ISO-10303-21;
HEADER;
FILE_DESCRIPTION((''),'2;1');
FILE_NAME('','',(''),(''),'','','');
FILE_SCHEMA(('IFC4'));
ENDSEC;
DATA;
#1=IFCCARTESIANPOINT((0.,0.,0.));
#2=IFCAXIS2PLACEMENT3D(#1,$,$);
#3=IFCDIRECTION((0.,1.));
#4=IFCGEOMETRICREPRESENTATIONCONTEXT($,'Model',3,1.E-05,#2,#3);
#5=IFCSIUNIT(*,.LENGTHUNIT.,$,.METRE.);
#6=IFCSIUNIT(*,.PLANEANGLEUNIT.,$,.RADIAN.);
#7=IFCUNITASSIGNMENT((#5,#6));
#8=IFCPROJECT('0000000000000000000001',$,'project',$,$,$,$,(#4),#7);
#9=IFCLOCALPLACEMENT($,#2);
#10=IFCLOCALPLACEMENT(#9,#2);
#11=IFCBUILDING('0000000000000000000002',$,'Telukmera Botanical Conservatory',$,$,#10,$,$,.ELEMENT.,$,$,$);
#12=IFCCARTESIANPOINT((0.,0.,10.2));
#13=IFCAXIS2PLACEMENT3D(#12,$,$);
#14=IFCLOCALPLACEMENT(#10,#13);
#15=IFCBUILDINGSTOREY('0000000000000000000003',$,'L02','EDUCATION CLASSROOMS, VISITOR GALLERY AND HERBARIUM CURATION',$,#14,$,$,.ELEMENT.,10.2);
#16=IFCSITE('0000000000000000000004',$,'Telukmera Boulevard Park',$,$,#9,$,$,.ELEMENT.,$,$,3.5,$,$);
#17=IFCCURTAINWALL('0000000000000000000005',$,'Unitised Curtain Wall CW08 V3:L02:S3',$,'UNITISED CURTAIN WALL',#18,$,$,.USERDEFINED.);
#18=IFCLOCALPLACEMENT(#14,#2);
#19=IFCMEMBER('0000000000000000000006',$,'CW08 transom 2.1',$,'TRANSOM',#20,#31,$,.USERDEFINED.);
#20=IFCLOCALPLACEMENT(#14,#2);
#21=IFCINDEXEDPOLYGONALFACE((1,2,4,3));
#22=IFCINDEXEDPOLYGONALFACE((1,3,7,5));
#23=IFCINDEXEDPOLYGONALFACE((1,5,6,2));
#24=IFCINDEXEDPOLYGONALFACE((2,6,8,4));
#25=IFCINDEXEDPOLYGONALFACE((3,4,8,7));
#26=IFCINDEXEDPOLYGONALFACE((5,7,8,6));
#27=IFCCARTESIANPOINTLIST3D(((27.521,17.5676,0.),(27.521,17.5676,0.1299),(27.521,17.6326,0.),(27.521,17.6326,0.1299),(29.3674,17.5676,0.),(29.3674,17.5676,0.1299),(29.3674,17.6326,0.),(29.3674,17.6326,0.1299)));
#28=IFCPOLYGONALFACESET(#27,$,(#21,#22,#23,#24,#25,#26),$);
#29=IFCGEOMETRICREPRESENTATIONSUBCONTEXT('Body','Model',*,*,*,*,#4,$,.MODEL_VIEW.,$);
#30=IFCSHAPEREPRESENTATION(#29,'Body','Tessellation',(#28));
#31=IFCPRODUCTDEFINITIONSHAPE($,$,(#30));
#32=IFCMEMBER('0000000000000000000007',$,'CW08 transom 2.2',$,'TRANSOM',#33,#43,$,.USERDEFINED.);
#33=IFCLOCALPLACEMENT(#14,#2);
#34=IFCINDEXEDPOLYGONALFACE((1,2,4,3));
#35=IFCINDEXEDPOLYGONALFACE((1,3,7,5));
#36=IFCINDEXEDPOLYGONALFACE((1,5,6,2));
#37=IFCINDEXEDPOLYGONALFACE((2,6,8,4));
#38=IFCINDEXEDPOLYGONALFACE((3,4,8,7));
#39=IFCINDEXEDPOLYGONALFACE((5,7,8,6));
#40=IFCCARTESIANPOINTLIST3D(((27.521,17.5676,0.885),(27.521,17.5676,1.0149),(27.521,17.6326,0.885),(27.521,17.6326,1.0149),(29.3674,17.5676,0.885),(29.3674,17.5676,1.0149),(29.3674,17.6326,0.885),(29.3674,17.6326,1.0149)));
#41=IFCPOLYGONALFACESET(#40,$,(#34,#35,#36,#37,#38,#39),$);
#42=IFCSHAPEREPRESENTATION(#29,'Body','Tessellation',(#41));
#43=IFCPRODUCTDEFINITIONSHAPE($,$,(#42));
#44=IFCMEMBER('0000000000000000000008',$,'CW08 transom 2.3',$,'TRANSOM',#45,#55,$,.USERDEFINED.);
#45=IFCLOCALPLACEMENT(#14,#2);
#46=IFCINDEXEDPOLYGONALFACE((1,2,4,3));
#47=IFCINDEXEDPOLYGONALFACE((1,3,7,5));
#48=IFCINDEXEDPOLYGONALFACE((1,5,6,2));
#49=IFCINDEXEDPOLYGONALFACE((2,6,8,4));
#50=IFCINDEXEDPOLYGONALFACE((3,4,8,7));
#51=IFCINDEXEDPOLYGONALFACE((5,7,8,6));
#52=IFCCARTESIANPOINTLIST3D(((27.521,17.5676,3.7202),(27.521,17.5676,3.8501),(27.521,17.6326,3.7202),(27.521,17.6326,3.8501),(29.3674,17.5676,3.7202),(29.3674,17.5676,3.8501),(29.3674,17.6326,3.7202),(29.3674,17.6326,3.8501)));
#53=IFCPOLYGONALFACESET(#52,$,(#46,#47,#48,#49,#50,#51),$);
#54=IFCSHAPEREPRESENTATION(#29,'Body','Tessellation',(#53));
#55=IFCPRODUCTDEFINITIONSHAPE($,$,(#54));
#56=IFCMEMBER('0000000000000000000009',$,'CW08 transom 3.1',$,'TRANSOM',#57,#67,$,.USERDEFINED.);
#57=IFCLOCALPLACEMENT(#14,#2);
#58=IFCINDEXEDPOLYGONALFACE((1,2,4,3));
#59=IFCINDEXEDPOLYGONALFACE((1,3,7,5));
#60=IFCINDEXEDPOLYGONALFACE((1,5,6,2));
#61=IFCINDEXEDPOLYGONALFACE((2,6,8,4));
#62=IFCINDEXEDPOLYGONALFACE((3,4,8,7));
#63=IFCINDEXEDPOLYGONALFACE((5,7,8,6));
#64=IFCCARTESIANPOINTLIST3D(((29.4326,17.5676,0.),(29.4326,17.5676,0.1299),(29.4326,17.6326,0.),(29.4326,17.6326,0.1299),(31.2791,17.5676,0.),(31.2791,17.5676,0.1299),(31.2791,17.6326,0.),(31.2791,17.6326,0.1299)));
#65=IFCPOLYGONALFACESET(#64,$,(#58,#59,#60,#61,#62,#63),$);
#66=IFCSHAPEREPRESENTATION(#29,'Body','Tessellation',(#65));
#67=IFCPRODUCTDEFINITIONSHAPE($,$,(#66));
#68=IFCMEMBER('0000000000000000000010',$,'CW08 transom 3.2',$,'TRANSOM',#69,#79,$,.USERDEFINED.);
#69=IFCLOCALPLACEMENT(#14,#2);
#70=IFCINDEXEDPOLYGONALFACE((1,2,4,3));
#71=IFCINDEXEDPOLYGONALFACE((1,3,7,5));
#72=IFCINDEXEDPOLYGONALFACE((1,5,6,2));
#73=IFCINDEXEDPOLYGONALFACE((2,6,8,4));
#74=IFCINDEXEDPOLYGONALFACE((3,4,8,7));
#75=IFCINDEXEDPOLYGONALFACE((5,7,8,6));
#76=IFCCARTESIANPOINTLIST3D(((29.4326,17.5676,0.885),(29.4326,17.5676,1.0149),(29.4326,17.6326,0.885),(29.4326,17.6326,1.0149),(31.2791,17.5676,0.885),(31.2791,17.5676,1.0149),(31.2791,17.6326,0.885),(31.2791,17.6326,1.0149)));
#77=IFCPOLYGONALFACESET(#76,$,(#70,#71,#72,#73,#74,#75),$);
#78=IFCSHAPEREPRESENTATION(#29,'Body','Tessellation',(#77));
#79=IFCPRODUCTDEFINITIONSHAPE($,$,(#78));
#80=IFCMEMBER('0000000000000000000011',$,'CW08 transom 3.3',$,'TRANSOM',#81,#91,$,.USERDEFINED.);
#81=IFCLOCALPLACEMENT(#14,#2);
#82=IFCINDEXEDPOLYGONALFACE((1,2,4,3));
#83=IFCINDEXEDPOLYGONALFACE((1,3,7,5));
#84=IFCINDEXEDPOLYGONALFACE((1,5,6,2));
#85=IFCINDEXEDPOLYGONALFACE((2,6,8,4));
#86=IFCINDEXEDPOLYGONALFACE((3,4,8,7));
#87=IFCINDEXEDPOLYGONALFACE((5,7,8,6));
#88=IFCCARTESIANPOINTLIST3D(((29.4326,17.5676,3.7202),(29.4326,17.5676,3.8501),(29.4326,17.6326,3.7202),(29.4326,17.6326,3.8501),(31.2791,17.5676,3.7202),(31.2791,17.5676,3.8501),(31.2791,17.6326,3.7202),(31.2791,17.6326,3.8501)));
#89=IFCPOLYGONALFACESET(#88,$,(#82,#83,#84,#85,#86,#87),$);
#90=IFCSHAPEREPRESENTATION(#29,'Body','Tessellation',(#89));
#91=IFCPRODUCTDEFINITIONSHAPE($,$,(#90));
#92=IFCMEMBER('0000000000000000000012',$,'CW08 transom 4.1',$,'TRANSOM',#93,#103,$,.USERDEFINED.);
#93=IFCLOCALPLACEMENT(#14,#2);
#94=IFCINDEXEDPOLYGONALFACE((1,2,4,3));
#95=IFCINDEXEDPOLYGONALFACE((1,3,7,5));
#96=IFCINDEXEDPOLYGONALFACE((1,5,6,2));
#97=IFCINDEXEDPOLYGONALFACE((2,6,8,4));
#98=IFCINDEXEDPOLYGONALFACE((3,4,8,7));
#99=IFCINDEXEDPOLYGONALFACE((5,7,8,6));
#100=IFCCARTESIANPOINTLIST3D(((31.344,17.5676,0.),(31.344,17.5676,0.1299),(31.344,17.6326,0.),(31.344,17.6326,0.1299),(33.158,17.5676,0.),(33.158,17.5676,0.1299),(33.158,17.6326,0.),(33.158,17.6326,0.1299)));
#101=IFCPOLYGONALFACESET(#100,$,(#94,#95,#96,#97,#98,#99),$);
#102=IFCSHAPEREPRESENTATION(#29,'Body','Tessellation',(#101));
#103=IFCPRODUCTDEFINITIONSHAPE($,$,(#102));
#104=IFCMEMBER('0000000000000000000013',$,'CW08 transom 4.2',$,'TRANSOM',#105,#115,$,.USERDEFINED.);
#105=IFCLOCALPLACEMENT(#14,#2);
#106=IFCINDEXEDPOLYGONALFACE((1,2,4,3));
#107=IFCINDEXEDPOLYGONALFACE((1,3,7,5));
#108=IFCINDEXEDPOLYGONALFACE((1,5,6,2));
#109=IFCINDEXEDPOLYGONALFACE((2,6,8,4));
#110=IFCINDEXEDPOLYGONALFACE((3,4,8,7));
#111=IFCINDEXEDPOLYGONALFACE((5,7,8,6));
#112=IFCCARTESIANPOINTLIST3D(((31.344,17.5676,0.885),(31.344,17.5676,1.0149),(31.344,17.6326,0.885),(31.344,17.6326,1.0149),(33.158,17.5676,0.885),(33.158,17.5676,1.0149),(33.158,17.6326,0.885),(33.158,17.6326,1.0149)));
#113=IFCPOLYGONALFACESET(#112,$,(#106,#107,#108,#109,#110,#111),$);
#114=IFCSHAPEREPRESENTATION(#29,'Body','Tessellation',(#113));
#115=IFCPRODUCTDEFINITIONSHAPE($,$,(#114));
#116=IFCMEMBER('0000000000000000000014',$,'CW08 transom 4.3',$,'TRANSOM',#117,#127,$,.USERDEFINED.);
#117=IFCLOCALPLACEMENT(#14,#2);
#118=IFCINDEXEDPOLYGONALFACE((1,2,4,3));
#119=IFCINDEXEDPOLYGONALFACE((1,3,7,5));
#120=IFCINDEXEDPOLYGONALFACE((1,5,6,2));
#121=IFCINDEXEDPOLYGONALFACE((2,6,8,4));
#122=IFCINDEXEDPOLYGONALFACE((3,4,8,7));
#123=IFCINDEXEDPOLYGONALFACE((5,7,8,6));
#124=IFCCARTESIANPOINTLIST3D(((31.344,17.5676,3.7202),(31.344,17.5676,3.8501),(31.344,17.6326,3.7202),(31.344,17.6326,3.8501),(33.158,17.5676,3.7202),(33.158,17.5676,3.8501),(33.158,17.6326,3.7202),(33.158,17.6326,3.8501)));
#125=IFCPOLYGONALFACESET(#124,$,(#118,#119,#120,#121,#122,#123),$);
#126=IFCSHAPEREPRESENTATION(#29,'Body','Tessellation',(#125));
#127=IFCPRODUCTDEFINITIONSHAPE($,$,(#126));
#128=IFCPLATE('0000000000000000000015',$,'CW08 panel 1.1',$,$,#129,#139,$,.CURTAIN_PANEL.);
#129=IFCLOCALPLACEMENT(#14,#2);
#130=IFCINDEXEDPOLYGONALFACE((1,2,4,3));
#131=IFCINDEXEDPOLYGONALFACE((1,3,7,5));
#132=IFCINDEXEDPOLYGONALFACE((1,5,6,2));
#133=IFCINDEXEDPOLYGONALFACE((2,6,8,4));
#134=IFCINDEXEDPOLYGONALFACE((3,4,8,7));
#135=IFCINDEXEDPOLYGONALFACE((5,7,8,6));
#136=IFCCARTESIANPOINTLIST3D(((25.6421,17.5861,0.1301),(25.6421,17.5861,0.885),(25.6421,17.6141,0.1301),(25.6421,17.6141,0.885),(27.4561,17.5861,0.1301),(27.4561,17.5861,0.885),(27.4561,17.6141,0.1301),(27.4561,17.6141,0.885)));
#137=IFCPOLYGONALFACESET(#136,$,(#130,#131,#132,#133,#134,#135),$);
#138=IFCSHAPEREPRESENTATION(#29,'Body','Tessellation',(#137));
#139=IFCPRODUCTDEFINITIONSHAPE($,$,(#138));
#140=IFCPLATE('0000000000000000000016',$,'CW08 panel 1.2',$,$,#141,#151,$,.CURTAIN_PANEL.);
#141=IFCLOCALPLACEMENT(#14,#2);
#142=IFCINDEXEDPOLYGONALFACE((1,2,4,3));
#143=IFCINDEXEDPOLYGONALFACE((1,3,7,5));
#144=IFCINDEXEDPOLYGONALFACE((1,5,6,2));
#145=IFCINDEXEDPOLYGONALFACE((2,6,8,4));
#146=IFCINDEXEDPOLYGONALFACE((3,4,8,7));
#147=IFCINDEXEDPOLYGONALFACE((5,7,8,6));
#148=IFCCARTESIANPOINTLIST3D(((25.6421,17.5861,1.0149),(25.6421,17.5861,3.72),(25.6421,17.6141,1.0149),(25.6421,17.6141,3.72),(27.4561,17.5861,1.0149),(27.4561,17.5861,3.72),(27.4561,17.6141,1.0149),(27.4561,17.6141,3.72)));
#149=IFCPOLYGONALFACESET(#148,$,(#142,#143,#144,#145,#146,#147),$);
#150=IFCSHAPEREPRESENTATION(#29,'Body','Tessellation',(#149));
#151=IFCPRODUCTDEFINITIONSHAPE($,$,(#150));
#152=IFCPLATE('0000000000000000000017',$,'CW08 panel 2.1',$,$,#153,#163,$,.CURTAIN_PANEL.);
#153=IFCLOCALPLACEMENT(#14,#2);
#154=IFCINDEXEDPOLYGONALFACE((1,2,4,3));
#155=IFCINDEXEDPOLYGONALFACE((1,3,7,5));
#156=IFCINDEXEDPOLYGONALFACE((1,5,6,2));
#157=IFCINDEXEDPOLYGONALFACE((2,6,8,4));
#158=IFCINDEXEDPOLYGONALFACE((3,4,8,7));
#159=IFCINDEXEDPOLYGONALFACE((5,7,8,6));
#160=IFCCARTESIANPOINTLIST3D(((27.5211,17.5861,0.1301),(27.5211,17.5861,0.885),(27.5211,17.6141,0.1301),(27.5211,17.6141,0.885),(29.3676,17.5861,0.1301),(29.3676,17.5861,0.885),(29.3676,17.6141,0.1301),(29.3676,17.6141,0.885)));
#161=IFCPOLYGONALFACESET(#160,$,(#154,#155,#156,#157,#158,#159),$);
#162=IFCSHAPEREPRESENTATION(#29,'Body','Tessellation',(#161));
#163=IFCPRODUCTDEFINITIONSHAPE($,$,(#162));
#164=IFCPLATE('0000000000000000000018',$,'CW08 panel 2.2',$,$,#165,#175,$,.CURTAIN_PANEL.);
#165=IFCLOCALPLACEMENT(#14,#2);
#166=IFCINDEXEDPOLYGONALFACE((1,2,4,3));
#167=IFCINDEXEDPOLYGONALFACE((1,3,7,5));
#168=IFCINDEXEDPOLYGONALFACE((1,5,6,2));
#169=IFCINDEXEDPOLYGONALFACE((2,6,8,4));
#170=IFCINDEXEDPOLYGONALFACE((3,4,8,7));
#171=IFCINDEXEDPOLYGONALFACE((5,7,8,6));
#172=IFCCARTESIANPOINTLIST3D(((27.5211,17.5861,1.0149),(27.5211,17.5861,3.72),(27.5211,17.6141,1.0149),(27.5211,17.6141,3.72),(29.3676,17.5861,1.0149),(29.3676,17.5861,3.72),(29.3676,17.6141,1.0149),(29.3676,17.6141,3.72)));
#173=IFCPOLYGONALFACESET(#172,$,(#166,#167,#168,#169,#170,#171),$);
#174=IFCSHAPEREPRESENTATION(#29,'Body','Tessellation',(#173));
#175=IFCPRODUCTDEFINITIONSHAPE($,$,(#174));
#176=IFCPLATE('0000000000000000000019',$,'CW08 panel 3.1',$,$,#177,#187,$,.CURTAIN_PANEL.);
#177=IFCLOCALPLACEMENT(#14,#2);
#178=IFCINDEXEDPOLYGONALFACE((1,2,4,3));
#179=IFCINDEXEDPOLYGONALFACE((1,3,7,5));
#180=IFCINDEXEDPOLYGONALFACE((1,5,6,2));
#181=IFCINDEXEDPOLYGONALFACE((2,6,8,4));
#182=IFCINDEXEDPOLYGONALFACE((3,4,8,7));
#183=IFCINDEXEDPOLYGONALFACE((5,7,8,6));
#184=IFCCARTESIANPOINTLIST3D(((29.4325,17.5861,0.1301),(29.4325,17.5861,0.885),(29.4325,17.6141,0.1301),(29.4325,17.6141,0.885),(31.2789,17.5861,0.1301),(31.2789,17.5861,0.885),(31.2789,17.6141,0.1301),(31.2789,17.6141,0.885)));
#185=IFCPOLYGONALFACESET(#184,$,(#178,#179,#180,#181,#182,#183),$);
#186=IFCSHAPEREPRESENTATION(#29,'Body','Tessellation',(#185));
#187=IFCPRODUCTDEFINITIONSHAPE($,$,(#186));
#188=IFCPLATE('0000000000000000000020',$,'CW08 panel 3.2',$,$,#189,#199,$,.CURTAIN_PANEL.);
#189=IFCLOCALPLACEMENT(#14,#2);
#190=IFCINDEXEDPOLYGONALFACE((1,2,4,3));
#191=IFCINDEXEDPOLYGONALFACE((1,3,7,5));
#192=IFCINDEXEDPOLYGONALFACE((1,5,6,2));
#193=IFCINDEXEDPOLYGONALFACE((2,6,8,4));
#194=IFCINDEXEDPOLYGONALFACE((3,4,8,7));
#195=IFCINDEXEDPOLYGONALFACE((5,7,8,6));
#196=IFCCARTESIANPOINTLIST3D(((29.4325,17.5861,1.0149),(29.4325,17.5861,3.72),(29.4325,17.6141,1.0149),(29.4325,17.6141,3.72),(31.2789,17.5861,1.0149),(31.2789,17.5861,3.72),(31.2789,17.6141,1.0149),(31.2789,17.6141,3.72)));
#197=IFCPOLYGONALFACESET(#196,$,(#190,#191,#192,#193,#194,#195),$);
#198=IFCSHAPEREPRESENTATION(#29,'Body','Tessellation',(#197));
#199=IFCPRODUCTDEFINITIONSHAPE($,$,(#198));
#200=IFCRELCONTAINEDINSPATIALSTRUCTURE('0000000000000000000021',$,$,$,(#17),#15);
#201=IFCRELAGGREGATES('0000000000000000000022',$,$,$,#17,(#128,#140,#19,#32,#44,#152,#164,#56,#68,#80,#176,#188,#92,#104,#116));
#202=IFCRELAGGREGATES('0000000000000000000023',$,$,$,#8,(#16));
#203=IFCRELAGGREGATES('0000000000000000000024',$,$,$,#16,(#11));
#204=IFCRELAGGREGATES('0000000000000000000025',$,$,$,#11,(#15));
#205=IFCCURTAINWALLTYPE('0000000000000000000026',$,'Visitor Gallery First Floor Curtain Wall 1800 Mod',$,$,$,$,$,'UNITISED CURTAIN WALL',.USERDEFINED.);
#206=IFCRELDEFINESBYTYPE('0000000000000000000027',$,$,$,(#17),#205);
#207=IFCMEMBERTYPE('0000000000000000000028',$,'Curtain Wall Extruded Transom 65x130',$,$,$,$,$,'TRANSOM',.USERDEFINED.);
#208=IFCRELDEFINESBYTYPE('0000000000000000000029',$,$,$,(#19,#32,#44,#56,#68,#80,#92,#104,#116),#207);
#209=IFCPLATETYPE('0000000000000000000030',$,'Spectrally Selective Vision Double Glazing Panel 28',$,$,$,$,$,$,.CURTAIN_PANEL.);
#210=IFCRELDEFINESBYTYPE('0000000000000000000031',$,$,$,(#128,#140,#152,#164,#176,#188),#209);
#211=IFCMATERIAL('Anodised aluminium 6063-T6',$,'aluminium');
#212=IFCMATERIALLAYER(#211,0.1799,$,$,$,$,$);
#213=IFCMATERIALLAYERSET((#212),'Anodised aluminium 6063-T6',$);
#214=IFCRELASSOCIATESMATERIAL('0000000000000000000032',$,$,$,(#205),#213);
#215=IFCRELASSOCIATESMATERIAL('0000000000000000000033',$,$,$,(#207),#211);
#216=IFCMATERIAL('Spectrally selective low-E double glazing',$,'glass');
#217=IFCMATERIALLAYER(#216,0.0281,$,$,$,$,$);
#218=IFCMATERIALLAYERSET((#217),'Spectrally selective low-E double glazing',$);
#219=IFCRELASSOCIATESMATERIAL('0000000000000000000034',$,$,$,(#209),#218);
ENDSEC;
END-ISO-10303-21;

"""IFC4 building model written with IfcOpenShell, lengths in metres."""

from ifc_helpers import new_model, si_unit, direction, frame, origin, origin_2d, place, context, subcontext, project, spatial, rectangle, extrude, material, layer, layer_set, material_profile, profile_set, type_object, element, aggregate, save


model = new_model("IFC4")

# Units and contexts
model_context = context("Model", 3, precision=1e-05, world=origin(), true_north=direction((0.0, 1.0)))
body_context = subcontext(model_context, "Body", "Model", "MODEL_VIEW")
ifc_project = project(units=[si_unit("LENGTHUNIT", "METRE"), si_unit("PLANEANGLEUNIT", "RADIAN")], contexts=[model_context])

# Site, building, storey
site_placement = place(None, origin())
site = spatial("IfcSite", under=ifc_project, at=site_placement, Name="Telukmera Boulevard Park", CompositionType="ELEMENT", RefElevation=3.5)
building_placement = place(site_placement, origin())
building = spatial("IfcBuilding", under=site, at=building_placement, Name="Telukmera Botanical Conservatory", CompositionType="ELEMENT")
storey_placement = place(building_placement, frame((0.0, 0.0, 10.2)))
storey = spatial("IfcBuildingStorey", under=building, at=storey_placement, Name="L02", Description="EDUCATION CLASSROOMS, VISITOR GALLERY AND HERBARIUM CURATION", CompositionType="ELEMENT", Elevation=10.2)

# Curtain wall, members, plates
ifc_material_1 = material(Name="Anodised aluminium 6063-T6", Category="aluminium")
ifc_layer_1 = layer(ifc_material_1, 0.1799)
ifc_layer_set_1 = layer_set([ifc_layer_1], Name="Anodised aluminium 6063-T6")
curtain_wall_type = type_object("IfcCurtainWallType", Name="Visitor Gallery First Floor Curtain Wall 1800 Mod", ElementType="UNITISED CURTAIN WALL", PredefinedType="USERDEFINED", material=ifc_layer_set_1)
curtain_wall_placement = place(storey_placement, origin())
curtain_wall = element("IfcCurtainWall", 1, at=curtain_wall_placement, inside=storey, type_object=curtain_wall_type, Name="Unitised Curtain Wall CW08 V3:L02:S3", ObjectType="UNITISED CURTAIN WALL", PredefinedType="USERDEFINED")
ifc_material_profile_1 = material_profile(ifc_material_1, rectangle(XDim=0.0649, YDim=0.1299, at=origin_2d()), Name="ALU TRAN 65x130")
ifc_profile_set_1 = profile_set([ifc_material_profile_1], Name="Anodised aluminium 6063-T6")
member_type_1 = type_object("IfcMemberType", Name="Curtain Wall Extruded Transom 65x130", ElementType="TRANSOM", PredefinedType="USERDEFINED", material=ifc_profile_set_1)
member_1_placement = place(storey_placement, frame((27.521, 17.6001, 0.0649), z_axis=(1.0, 0.0, 0.0), x_axis=(0.0, 1.0, 0.0)))
member_1 = element("IfcMember", 2, at=member_1_placement, type_object=member_type_1, Name="CW08 transom 2.1", ObjectType="TRANSOM", PredefinedType="USERDEFINED", context=body_context, shape_type="SweptSolid", body=[
    extrude(rectangle(XDim=0.0649, YDim=0.1299, at=origin_2d()), origin(), (0.0, 0.0, 1.0), 1.8464),
])
member_2_placement = place(storey_placement, frame((27.521, 17.6001, 0.95), z_axis=(1.0, 0.0, 0.0), x_axis=(0.0, 1.0, 0.0)))
member_2 = element("IfcMember", 3, at=member_2_placement, type_object=member_type_1, Name="CW08 transom 2.2", ObjectType="TRANSOM", PredefinedType="USERDEFINED", context=body_context, shape_type="SweptSolid", body=[
    extrude(rectangle(XDim=0.0649, YDim=0.1299, at=origin_2d()), origin(), (0.0, 0.0, 1.0), 1.8464),
])
member_3_placement = place(storey_placement, frame((27.521, 17.6001, 3.7852), z_axis=(1.0, 0.0, 0.0), x_axis=(0.0, 1.0, 0.0)))
member_3 = element("IfcMember", 4, at=member_3_placement, type_object=member_type_1, Name="CW08 transom 2.3", ObjectType="TRANSOM", PredefinedType="USERDEFINED", context=body_context, shape_type="SweptSolid", body=[
    extrude(rectangle(XDim=0.0649, YDim=0.1299, at=origin_2d()), origin(), (0.0, 0.0, 1.0), 1.8464),
])
member_4_placement = place(storey_placement, frame((29.4326, 17.6001, 0.0649), z_axis=(1.0, 0.0, 0.0), x_axis=(0.0, 1.0, 0.0)))
member_4 = element("IfcMember", 5, at=member_4_placement, type_object=member_type_1, Name="CW08 transom 3.1", ObjectType="TRANSOM", PredefinedType="USERDEFINED", context=body_context, shape_type="SweptSolid", body=[
    extrude(rectangle(XDim=0.0649, YDim=0.1299, at=origin_2d()), origin(), (0.0, 0.0, 1.0), 1.8464),
])
member_5_placement = place(storey_placement, frame((29.4326, 17.6001, 0.95), z_axis=(1.0, 0.0, 0.0), x_axis=(0.0, 1.0, 0.0)))
member_5 = element("IfcMember", 6, at=member_5_placement, type_object=member_type_1, Name="CW08 transom 3.2", ObjectType="TRANSOM", PredefinedType="USERDEFINED", context=body_context, shape_type="SweptSolid", body=[
    extrude(rectangle(XDim=0.0649, YDim=0.1299, at=origin_2d()), origin(), (0.0, 0.0, 1.0), 1.8464),
])
member_6_placement = place(storey_placement, frame((29.4326, 17.6001, 3.7852), z_axis=(1.0, 0.0, 0.0), x_axis=(0.0, 1.0, 0.0)))
member_6 = element("IfcMember", 7, at=member_6_placement, type_object=member_type_1, Name="CW08 transom 3.3", ObjectType="TRANSOM", PredefinedType="USERDEFINED", context=body_context, shape_type="SweptSolid", body=[
    extrude(rectangle(XDim=0.0649, YDim=0.1299, at=origin_2d()), origin(), (0.0, 0.0, 1.0), 1.8464),
])
member_7_placement = place(storey_placement, frame((31.344, 17.6001, 0.0649), z_axis=(1.0, 0.0, 0.0), x_axis=(0.0, 1.0, 0.0)))
member_7 = element("IfcMember", 8, at=member_7_placement, type_object=member_type_1, Name="CW08 transom 4.1", ObjectType="TRANSOM", PredefinedType="USERDEFINED", context=body_context, shape_type="SweptSolid", body=[
    extrude(rectangle(XDim=0.0649, YDim=0.1299, at=origin_2d()), origin(), (0.0, 0.0, 1.0), 1.814),
])
member_8_placement = place(storey_placement, frame((31.344, 17.6001, 0.95), z_axis=(1.0, 0.0, 0.0), x_axis=(0.0, 1.0, 0.0)))
member_8 = element("IfcMember", 9, at=member_8_placement, type_object=member_type_1, Name="CW08 transom 4.2", ObjectType="TRANSOM", PredefinedType="USERDEFINED", context=body_context, shape_type="SweptSolid", body=[
    extrude(rectangle(XDim=0.0649, YDim=0.1299, at=origin_2d()), origin(), (0.0, 0.0, 1.0), 1.814),
])
member_9_placement = place(storey_placement, frame((31.344, 17.6001, 3.7852), z_axis=(1.0, 0.0, 0.0), x_axis=(0.0, 1.0, 0.0)))
member_9 = element("IfcMember", 10, at=member_9_placement, type_object=member_type_1, Name="CW08 transom 4.3", ObjectType="TRANSOM", PredefinedType="USERDEFINED", context=body_context, shape_type="SweptSolid", body=[
    extrude(rectangle(XDim=0.0649, YDim=0.1299, at=origin_2d()), origin(), (0.0, 0.0, 1.0), 1.814),
])
ifc_material_2 = material(Name="Spectrally selective low-E double glazing", Category="glass")
ifc_layer_2 = layer(ifc_material_2, 0.0281)
ifc_layer_set_2 = layer_set([ifc_layer_2], Name="Spectrally selective low-E double glazing")
plate_type = type_object("IfcPlateType", Name="Spectrally Selective Vision Double Glazing Panel 28", PredefinedType="CURTAIN_PANEL", material=ifc_layer_set_2)
plate_1_placement = place(storey_placement, frame((26.5491, 17.6001, 0.1301), z_axis=(0.0, 0.0, 1.0), x_axis=(1.0, 0.0, 0.0)))
plate_1 = element("IfcPlate", 11, at=plate_1_placement, type_object=plate_type, Name="CW08 panel 1.1", PredefinedType="CURTAIN_PANEL", context=body_context, shape_type="SweptSolid", body=[
    extrude(rectangle(XDim=1.814, YDim=0.0281, at=origin_2d()), origin(), (0.0, 0.0, 1.0), 0.7549),
])
plate_2_placement = place(storey_placement, frame((26.5491, 17.6001, 1.0149), z_axis=(0.0, 0.0, 1.0), x_axis=(1.0, 0.0, 0.0)))
plate_2 = element("IfcPlate", 12, at=plate_2_placement, type_object=plate_type, Name="CW08 panel 1.2", PredefinedType="CURTAIN_PANEL", context=body_context, shape_type="SweptSolid", body=[
    extrude(rectangle(XDim=1.814, YDim=0.0281, at=origin_2d()), origin(), (0.0, 0.0, 1.0), 2.7051),
])
plate_3_placement = place(storey_placement, frame((28.4443, 17.6001, 0.1301), z_axis=(0.0, 0.0, 1.0), x_axis=(1.0, 0.0, 0.0)))
plate_3 = element("IfcPlate", 13, at=plate_3_placement, type_object=plate_type, Name="CW08 panel 2.1", PredefinedType="CURTAIN_PANEL", context=body_context, shape_type="SweptSolid", body=[
    extrude(rectangle(XDim=1.8464, YDim=0.0281, at=origin_2d()), origin(), (0.0, 0.0, 1.0), 0.7549),
])
plate_4_placement = place(storey_placement, frame((28.4443, 17.6001, 1.0149), z_axis=(0.0, 0.0, 1.0), x_axis=(1.0, 0.0, 0.0)))
plate_4 = element("IfcPlate", 14, at=plate_4_placement, type_object=plate_type, Name="CW08 panel 2.2", PredefinedType="CURTAIN_PANEL", context=body_context, shape_type="SweptSolid", body=[
    extrude(rectangle(XDim=1.8464, YDim=0.0281, at=origin_2d()), origin(), (0.0, 0.0, 1.0), 2.7051),
])
plate_5_placement = place(storey_placement, frame((30.3557, 17.6001, 0.1301), z_axis=(0.0, 0.0, 1.0), x_axis=(1.0, 0.0, 0.0)))
plate_5 = element("IfcPlate", 15, at=plate_5_placement, type_object=plate_type, Name="CW08 panel 3.1", PredefinedType="CURTAIN_PANEL", context=body_context, shape_type="SweptSolid", body=[
    extrude(rectangle(XDim=1.8464, YDim=0.0281, at=origin_2d()), origin(), (0.0, 0.0, 1.0), 0.7549),
])
plate_6_placement = place(storey_placement, frame((30.3557, 17.6001, 1.0149), z_axis=(0.0, 0.0, 1.0), x_axis=(1.0, 0.0, 0.0)))
plate_6 = element("IfcPlate", 16, at=plate_6_placement, type_object=plate_type, Name="CW08 panel 3.2", PredefinedType="CURTAIN_PANEL", context=body_context, shape_type="SweptSolid", body=[
    extrude(rectangle(XDim=1.8464, YDim=0.0281, at=origin_2d()), origin(), (0.0, 0.0, 1.0), 2.7051),
])
aggregate(curtain_wall, [plate_1, plate_2, member_1, member_2, member_3, plate_3, plate_4, member_4, member_5, member_6, plate_5, plate_6, member_7, member_8, member_9])

save(model, "model.ifc")
